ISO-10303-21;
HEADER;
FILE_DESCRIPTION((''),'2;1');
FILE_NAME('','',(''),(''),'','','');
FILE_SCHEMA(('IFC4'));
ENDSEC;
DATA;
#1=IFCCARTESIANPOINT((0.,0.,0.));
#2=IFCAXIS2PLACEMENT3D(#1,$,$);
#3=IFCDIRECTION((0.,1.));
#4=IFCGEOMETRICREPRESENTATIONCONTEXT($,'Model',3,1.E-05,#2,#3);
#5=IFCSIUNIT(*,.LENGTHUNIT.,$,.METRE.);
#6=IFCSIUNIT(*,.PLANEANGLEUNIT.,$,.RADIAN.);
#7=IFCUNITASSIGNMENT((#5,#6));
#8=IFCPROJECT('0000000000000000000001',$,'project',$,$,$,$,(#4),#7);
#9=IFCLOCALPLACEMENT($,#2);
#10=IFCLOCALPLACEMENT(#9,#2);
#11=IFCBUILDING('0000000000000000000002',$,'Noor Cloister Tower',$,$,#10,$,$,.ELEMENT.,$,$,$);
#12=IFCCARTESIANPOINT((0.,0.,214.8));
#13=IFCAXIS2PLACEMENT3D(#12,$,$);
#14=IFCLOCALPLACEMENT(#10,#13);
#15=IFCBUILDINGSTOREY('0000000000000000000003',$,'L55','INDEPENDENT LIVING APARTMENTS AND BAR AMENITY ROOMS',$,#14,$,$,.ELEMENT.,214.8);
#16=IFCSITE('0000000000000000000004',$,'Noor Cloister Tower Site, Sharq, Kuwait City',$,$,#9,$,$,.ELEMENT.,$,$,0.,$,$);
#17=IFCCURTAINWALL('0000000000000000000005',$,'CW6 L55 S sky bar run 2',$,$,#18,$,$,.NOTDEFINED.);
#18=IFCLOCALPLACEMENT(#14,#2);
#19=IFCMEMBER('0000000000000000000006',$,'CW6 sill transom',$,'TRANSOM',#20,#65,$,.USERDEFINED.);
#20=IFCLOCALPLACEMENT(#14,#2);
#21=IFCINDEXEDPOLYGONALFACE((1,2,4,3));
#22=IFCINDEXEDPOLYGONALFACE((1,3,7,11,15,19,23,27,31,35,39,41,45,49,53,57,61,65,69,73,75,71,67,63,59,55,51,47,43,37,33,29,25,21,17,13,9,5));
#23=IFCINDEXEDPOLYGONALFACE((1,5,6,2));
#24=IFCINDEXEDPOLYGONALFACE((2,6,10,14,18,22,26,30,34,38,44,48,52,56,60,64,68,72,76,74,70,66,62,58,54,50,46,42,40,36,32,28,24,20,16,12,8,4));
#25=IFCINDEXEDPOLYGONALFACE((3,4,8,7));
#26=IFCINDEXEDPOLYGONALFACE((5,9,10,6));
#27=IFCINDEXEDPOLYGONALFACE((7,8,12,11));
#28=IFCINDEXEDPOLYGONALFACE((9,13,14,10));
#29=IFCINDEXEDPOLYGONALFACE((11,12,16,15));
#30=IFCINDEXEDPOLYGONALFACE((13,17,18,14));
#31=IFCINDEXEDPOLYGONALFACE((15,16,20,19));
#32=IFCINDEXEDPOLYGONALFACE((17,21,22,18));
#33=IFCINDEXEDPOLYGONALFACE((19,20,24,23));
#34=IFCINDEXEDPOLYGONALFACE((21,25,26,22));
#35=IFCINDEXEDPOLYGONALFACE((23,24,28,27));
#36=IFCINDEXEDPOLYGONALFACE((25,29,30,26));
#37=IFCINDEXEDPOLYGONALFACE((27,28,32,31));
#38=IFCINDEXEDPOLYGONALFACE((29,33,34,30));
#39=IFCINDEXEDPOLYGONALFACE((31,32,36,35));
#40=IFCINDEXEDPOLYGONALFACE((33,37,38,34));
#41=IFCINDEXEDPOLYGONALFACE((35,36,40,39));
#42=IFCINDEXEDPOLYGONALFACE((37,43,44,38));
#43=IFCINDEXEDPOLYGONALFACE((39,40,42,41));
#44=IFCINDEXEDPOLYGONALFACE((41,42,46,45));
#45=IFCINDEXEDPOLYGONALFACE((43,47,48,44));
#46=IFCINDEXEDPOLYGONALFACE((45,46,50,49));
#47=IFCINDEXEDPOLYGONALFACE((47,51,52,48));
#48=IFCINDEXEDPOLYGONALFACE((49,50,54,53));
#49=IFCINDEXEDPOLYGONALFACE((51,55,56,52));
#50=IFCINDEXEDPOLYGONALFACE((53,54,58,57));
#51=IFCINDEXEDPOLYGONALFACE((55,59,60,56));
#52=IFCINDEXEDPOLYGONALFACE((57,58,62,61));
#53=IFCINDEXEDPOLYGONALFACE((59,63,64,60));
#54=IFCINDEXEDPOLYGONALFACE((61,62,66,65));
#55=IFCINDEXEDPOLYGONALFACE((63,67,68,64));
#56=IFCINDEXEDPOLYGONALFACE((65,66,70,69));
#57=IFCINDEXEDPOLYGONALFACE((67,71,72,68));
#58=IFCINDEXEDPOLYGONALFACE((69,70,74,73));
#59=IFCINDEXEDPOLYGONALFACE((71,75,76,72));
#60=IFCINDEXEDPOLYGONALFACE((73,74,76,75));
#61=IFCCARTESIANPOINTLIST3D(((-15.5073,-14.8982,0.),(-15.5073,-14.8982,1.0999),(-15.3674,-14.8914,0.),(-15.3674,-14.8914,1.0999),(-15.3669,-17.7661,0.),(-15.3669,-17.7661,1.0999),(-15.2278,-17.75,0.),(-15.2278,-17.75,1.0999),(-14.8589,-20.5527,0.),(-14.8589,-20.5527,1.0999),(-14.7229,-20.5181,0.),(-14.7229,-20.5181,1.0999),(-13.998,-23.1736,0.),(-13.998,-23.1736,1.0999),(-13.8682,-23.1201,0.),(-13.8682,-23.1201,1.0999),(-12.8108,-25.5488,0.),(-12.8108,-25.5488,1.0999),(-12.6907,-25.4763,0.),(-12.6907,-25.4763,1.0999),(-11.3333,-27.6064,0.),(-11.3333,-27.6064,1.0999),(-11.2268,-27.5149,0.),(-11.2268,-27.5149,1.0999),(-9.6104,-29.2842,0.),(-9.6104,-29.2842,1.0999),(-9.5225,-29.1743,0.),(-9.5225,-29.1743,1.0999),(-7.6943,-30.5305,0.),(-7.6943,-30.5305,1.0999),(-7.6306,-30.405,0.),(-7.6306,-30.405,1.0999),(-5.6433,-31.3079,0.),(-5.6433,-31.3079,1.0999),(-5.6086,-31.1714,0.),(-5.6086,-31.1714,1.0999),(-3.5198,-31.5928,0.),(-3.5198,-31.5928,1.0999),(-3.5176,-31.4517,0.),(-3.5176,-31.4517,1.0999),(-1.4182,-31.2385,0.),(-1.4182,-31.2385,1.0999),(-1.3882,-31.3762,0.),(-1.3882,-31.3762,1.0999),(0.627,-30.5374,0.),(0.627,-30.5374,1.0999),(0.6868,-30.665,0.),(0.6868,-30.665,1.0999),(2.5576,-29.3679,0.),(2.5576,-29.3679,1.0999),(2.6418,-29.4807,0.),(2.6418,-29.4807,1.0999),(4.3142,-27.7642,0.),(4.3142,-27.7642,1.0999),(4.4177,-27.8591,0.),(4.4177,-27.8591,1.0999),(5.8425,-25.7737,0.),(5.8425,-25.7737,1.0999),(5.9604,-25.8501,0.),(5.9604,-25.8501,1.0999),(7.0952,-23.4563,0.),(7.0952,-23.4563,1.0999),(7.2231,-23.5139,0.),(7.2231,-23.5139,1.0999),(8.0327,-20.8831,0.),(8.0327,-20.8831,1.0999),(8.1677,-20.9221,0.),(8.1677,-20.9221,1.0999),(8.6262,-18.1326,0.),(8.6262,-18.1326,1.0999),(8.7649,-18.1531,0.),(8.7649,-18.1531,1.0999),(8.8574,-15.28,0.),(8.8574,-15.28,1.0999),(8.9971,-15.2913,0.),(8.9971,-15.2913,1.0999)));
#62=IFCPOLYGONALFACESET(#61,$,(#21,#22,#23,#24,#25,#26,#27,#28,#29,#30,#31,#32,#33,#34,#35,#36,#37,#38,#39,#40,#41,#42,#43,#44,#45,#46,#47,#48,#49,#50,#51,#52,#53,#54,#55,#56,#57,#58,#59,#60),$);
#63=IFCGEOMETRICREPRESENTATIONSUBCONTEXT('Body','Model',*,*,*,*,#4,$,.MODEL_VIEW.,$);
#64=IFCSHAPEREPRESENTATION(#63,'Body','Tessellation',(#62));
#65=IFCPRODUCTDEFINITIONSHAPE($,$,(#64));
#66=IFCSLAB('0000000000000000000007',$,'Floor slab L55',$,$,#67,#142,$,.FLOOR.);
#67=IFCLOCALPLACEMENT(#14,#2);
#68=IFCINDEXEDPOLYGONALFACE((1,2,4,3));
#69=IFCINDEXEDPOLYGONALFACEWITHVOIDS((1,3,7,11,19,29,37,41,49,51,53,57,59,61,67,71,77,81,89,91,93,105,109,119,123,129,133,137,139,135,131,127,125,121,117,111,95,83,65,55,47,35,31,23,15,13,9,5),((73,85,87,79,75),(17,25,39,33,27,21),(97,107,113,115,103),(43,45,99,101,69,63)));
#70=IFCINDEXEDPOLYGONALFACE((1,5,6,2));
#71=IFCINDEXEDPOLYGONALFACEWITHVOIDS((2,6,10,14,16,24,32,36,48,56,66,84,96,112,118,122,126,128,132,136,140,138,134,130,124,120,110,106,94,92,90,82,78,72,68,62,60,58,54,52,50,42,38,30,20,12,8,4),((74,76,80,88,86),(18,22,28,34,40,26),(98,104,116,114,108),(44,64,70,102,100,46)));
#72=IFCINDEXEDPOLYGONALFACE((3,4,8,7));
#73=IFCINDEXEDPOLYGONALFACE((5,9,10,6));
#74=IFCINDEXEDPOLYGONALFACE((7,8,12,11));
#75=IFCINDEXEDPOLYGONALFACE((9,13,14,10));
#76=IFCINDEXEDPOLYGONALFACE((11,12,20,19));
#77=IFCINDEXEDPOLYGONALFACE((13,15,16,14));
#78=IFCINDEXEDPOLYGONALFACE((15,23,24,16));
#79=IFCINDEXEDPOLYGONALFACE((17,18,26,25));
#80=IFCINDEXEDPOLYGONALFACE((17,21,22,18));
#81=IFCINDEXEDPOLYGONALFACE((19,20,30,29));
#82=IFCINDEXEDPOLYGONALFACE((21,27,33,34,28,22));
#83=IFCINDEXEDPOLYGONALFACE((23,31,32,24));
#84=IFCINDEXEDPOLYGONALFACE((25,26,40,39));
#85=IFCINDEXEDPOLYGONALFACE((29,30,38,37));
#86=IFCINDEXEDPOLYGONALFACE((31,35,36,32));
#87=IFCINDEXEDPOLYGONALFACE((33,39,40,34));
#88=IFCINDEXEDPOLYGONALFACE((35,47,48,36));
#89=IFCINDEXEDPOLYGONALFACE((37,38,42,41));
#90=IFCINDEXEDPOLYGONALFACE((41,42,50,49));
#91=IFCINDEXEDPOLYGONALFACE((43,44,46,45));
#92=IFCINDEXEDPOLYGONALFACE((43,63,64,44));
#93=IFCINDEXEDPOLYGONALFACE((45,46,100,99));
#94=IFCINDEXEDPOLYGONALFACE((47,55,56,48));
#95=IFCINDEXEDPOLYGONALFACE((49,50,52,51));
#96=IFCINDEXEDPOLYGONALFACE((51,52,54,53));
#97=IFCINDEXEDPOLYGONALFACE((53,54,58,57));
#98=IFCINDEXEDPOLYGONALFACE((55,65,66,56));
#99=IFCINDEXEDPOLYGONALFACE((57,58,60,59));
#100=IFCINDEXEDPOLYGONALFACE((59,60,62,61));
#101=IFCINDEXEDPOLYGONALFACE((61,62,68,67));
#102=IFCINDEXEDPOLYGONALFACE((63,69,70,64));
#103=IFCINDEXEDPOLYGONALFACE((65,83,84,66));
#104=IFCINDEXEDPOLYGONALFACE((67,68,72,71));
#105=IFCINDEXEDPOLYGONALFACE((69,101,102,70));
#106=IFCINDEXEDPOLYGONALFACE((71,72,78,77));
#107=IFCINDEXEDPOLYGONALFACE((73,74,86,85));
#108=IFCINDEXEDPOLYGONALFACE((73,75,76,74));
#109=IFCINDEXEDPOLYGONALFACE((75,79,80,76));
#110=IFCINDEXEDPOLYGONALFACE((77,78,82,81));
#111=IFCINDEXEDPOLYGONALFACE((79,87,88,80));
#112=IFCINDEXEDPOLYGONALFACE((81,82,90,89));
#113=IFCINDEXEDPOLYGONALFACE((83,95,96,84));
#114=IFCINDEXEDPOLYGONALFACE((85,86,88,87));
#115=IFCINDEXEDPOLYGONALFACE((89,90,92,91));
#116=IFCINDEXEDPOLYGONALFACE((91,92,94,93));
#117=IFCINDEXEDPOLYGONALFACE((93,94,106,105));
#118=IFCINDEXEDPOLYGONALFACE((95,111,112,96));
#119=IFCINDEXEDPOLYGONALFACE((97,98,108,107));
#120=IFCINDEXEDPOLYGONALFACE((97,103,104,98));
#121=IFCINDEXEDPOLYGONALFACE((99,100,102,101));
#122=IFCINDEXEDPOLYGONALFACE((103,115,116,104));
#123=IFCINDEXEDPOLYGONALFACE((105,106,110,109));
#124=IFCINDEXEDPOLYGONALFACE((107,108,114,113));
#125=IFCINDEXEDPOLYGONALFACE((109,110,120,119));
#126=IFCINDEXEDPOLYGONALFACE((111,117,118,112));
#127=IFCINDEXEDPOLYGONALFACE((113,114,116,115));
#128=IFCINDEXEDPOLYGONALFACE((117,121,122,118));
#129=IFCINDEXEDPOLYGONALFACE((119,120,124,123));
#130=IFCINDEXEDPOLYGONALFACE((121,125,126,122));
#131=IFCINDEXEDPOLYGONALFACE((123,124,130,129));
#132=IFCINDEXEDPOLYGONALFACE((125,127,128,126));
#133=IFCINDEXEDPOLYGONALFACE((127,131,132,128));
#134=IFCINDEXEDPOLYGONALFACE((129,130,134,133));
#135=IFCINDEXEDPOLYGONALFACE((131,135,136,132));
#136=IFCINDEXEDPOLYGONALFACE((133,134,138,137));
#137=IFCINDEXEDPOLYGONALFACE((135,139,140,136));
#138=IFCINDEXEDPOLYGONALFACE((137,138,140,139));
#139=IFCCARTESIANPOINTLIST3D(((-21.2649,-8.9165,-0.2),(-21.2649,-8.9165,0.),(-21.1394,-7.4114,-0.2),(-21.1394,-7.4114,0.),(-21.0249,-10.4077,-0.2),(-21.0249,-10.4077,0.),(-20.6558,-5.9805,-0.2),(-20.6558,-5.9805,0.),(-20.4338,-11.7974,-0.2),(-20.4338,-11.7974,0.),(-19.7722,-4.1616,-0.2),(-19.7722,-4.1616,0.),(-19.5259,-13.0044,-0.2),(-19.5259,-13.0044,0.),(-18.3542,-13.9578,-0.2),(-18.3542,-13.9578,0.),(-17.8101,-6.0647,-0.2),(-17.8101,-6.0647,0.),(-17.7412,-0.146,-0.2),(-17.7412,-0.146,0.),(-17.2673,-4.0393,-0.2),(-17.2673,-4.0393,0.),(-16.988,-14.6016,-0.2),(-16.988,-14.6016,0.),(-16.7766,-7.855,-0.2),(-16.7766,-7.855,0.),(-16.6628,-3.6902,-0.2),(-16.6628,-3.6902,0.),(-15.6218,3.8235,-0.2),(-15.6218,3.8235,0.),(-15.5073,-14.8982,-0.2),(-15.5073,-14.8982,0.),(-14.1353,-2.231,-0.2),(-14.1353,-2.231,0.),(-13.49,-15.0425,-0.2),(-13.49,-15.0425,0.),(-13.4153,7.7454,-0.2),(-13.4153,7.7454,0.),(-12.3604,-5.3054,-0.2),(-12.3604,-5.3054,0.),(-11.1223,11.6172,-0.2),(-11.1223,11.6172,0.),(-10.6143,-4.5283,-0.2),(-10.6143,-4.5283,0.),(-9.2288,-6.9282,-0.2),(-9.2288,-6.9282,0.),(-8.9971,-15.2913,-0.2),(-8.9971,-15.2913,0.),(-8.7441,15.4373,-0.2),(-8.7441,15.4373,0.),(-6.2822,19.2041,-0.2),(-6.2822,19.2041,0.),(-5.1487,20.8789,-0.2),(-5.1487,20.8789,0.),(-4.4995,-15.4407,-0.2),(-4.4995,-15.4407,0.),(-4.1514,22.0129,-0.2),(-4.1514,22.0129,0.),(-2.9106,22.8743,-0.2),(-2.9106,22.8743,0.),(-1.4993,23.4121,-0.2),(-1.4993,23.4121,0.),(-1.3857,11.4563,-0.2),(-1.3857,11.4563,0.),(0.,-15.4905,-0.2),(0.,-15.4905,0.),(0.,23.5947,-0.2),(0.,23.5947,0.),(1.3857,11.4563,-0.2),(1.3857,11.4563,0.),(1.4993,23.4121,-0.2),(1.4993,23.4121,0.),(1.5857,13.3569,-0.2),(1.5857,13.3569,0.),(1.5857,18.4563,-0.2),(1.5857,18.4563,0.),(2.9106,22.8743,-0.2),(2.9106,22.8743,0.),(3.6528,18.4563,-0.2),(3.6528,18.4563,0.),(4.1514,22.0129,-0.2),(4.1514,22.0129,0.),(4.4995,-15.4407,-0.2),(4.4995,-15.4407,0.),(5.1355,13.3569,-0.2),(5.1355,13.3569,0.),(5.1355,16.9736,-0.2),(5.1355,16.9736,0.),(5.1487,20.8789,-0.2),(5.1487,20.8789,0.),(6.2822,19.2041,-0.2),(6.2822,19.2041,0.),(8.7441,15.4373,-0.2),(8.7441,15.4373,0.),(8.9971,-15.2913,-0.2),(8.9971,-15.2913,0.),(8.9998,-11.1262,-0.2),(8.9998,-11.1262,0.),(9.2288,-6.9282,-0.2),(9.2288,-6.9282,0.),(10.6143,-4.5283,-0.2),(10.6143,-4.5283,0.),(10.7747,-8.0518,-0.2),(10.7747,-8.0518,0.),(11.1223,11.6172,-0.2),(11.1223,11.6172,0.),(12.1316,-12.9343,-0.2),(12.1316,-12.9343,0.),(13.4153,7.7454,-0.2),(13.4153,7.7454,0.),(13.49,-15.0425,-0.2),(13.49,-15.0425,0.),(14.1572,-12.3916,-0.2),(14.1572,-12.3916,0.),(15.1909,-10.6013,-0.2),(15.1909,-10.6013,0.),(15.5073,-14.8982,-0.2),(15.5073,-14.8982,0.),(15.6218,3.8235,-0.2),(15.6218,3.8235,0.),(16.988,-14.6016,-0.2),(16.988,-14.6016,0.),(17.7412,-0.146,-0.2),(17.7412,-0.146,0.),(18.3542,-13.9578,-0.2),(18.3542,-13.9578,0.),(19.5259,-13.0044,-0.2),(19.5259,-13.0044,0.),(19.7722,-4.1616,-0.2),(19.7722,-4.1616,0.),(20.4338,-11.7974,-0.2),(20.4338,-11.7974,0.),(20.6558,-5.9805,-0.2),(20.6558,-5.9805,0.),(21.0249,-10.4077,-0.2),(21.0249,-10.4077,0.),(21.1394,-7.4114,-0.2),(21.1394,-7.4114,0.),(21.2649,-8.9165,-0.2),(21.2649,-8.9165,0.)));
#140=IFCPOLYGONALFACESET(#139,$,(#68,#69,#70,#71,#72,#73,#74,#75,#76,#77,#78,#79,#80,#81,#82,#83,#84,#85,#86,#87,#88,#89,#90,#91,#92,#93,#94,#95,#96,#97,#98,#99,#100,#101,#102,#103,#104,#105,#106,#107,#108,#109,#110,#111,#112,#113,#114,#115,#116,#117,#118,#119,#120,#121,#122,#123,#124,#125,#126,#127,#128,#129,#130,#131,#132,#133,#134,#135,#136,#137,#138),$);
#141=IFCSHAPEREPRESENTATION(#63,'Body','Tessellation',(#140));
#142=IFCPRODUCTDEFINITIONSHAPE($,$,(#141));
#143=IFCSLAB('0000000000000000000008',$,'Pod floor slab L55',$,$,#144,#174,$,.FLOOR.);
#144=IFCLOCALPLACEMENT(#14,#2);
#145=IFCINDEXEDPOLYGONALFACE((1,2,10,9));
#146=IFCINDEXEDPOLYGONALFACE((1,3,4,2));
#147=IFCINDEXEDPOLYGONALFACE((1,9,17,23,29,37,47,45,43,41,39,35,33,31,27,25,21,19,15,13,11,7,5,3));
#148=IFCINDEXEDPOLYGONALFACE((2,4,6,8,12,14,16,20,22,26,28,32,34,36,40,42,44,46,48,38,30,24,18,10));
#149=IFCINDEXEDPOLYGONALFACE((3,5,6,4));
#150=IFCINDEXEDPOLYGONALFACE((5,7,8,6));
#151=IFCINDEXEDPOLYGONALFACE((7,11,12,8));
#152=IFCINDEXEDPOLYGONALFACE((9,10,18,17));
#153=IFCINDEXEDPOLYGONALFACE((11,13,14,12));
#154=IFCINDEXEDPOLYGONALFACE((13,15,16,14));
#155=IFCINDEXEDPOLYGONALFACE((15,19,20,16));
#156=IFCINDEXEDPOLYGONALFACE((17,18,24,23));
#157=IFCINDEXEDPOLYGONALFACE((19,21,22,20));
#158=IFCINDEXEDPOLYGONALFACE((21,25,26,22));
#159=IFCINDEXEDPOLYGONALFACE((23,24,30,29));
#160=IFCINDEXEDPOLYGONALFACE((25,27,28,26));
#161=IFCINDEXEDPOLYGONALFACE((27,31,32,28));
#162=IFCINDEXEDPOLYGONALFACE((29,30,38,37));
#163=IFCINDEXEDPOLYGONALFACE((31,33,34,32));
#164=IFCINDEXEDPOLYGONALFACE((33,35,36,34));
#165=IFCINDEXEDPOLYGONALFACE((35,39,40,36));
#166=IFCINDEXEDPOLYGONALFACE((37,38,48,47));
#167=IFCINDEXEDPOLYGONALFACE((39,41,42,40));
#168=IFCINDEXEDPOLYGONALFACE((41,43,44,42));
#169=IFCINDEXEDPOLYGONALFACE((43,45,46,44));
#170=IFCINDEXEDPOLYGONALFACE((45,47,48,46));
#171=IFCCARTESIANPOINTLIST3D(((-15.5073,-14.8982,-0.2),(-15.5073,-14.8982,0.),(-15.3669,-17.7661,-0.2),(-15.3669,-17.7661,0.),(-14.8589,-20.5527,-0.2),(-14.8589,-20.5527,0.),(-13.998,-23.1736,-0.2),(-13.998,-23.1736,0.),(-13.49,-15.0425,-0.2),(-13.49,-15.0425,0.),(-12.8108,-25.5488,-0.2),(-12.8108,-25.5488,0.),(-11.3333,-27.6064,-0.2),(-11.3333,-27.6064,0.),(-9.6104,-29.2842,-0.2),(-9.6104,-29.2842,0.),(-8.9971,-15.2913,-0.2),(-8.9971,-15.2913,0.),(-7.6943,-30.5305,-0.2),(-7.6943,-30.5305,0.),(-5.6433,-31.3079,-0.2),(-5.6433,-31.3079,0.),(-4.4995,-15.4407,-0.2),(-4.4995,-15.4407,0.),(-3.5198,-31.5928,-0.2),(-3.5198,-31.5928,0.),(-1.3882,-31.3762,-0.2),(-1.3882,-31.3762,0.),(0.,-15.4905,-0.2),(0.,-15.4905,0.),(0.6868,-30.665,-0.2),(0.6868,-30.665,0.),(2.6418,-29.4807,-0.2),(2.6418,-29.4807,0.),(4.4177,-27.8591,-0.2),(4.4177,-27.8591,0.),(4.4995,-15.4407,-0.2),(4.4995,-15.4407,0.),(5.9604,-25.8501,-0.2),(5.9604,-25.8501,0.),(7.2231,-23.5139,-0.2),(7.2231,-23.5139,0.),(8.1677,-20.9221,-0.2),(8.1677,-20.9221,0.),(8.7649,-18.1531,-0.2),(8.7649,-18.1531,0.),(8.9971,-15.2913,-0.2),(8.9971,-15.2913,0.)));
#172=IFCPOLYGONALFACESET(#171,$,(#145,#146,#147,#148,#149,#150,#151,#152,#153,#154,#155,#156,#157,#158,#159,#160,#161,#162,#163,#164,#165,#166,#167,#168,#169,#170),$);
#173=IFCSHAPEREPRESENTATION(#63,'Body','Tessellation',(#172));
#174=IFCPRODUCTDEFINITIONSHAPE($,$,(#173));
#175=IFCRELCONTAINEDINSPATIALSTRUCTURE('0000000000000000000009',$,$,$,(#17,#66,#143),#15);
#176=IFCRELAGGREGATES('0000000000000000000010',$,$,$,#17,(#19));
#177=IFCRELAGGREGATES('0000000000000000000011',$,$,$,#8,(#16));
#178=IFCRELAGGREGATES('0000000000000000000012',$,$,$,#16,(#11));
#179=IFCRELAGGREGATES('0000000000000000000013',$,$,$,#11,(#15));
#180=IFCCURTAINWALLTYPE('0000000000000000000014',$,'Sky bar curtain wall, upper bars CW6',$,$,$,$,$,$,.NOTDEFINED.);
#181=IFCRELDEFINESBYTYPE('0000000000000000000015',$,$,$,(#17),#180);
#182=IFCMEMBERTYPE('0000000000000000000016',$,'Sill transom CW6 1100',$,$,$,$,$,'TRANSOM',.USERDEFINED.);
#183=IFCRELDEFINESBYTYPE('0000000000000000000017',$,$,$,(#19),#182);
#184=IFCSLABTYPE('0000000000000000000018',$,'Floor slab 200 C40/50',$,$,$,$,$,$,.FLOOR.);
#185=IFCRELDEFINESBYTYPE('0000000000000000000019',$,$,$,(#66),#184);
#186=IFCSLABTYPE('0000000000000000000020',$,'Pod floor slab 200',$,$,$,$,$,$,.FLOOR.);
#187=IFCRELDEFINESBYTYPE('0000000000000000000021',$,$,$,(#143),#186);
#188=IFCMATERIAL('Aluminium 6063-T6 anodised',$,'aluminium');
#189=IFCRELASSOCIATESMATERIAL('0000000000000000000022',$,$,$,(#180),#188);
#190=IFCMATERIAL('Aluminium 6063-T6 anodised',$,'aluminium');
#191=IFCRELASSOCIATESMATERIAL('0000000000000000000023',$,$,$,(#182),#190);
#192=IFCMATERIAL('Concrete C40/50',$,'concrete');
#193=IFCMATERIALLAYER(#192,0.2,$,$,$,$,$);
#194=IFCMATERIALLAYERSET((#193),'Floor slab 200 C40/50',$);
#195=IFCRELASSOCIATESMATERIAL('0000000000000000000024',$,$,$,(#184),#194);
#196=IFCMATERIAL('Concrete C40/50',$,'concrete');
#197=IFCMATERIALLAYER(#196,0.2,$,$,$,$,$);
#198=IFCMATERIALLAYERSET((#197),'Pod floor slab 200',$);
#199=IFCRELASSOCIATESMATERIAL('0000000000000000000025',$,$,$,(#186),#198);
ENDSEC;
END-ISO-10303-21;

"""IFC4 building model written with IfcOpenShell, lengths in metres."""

from ifc_helpers import new_model, si_unit, direction, frame, origin, place, context, subcontext, project, spatial, polyline, outline, extrude, material, layer, layer_set, type_object, element, aggregate, save


model = new_model("IFC4")

# Units and contexts
model_context = context("Model", 3, precision=1e-05, world=origin(), true_north=direction((0.0, 1.0)))
body_context = subcontext(model_context, "Body", "Model", "MODEL_VIEW")
ifc_project = project(units=[si_unit("LENGTHUNIT", "METRE"), si_unit("PLANEANGLEUNIT", "RADIAN")], contexts=[model_context])

# Site, building, storey
site_placement = place(None, origin())
site = spatial("IfcSite", under=ifc_project, at=site_placement, Name="Noor Cloister Tower Site, Sharq, Kuwait City", CompositionType="ELEMENT", RefElevation=0.0)
building_placement = place(site_placement, origin())
building = spatial("IfcBuilding", under=site, at=building_placement, Name="Noor Cloister Tower", CompositionType="ELEMENT")
storey_placement = place(building_placement, frame((0.0, 0.0, 214.8)))
storey = spatial("IfcBuildingStorey", under=building, at=storey_placement, Name="L55", Description="INDEPENDENT LIVING APARTMENTS AND BAR AMENITY ROOMS", CompositionType="ELEMENT", Elevation=214.8)

# Curtain wall
ifc_material_1 = material(Name="Aluminium 6063-T6 anodised", Category="aluminium")
curtain_wall_type_1 = type_object("IfcCurtainWallType", Name="Sky bar curtain wall, upper bars CW6", PredefinedType="NOTDEFINED", material=ifc_material_1)
curtain_wall_1_placement = place(storey_placement, origin())
curtain_wall_1 = element("IfcCurtainWall", 1, at=curtain_wall_1_placement, inside=storey, type_object=curtain_wall_type_1, Name="CW6 L55 S sky bar run 2", PredefinedType="NOTDEFINED")

# Member
ifc_material_2 = material(Name="Aluminium 6063-T6 anodised", Category="aluminium")
member_type_1 = type_object("IfcMemberType", Name="Sill transom CW6 1100", ElementType="TRANSOM", PredefinedType="USERDEFINED", material=ifc_material_2)
member_1_placement = place(storey_placement, origin())
member_1 = element("IfcMember", 2, at=member_1_placement, type_object=member_type_1, Name="CW6 sill transom", ObjectType="TRANSOM", PredefinedType="USERDEFINED", context=body_context, shape_type="SweptSolid", body=[
    extrude(outline(polyline([(-15.5073, -14.8982), (-15.3669, -17.7661), (-14.8589, -20.5527), (-13.998, -23.1736), (-12.8108, -25.5488), (-11.3333, -27.6064), (-9.6104, -29.2842), (-7.6943, -30.5305), (-5.6433, -31.3079), (-3.5198, -31.5928), (-1.3882, -31.3762), (0.6868, -30.665), (2.6418, -29.4807), (4.4177, -27.8591), (5.9604, -25.8501), (7.2231, -23.5139), (8.1677, -20.9221), (8.7649, -18.1531), (8.9971, -15.2913), (8.8574, -15.28), (8.6262, -18.1326), (8.0327, -20.8831), (7.0952, -23.4563), (5.8425, -25.7737), (4.3142, -27.7642), (2.5576, -29.3679), (0.627, -30.5374), (-1.4182, -31.2385), (-3.5176, -31.4517), (-5.6086, -31.1714), (-7.6306, -30.405), (-9.5225, -29.1743), (-11.2268, -27.5149), (-12.6907, -25.4763), (-13.8682, -23.1201), (-14.7229, -20.5181), (-15.2278, -17.75), (-15.3674, -14.8914), (-15.5073, -14.8982)])), origin(), (0.0, 0.0, 1.0), 1.0999),
])
aggregate(curtain_wall_1, [member_1])

# Slabs
ifc_material_3 = material(Name="Concrete C40/50", Category="concrete")
ifc_layer_1 = layer(ifc_material_3, 0.2)
ifc_layer_set_1 = layer_set([ifc_layer_1], Name="Floor slab 200 C40/50")
slab_type_1 = type_object("IfcSlabType", Name="Floor slab 200 C40/50", PredefinedType="FLOOR", material=ifc_layer_set_1)
slab_1_placement = place(storey_placement, frame((0.0, 0.0, -0.2)))
element("IfcSlab", 3, at=slab_1_placement, inside=storey, type_object=slab_type_1, Name="Floor slab L55", PredefinedType="FLOOR", context=body_context, shape_type="SweptSolid", body=[
    extrude(outline(polyline([(5.1487, 20.8789), (4.1514, 22.0129), (2.9106, 22.8743), (1.4993, 23.4121), (0.0, 23.5947), (-1.4993, 23.4121), (-2.9106, 22.8743), (-4.1514, 22.0129), (-5.1487, 20.8789), (-6.2822, 19.2041), (-8.7441, 15.4373), (-11.1223, 11.6172), (-13.4153, 7.7454), (-15.6218, 3.8235), (-17.7412, -0.146), (-19.7722, -4.1616), (-20.6558, -5.9805), (-21.1394, -7.4114), (-21.2649, -8.9165), (-21.0249, -10.4077), (-20.4338, -11.7974), (-19.5259, -13.0044), (-18.3542, -13.9578), (-16.988, -14.6016), (-15.5073, -14.8982), (-13.49, -15.0425), (-8.9971, -15.2913), (-4.4995, -15.4407), (0.0, -15.4905), (4.4995, -15.4407), (8.9971, -15.2913), (13.49, -15.0425), (15.5073, -14.8982), (16.988, -14.6016), (18.3542, -13.9578), (19.5259, -13.0044), (20.4338, -11.7974), (21.0249, -10.4077), (21.2649, -8.9165), (21.1394, -7.4114), (20.6558, -5.9805), (19.7722, -4.1616), (17.7412, -0.146), (15.6218, 3.8235), (13.4153, 7.7454), (11.1223, 11.6172), (8.7441, 15.4373), (6.2822, 19.2041), (5.1487, 20.8789)]), holes=[polyline([(8.9998, -11.1262), (12.1316, -12.9343), (14.1572, -12.3916), (15.1909, -10.6013), (10.7747, -8.0518), (8.9998, -11.1262)]), polyline([(-17.8101, -6.0647), (-16.7766, -7.855), (-12.3604, -5.3054), (-14.1353, -2.231), (-16.6628, -3.6902), (-17.2673, -4.0393), (-17.8101, -6.0647)]), polyline([(-10.6143, -4.5283), (-9.2288, -6.9282), (9.2288, -6.9282), (10.6143, -4.5283), (1.3857, 11.4563), (-1.3857, 11.4563), (-10.6143, -4.5283)]), polyline([(3.6528, 18.4563), (1.5857, 18.4563), (1.5857, 13.3569), (5.1355, 13.3569), (5.1355, 16.9736), (3.6528, 18.4563)])]), origin(), (0.0, 0.0, 1.0), 0.2),
])
ifc_material_4 = material(Name="Concrete C40/50", Category="concrete")
ifc_layer_2 = layer(ifc_material_4, 0.2)
ifc_layer_set_2 = layer_set([ifc_layer_2], Name="Pod floor slab 200")
slab_type_2 = type_object("IfcSlabType", Name="Pod floor slab 200", PredefinedType="FLOOR", material=ifc_layer_set_2)
slab_2_placement = place(storey_placement, frame((0.0, 0.0, -0.2)))
element("IfcSlab", 4, at=slab_2_placement, inside=storey, type_object=slab_type_2, Name="Pod floor slab L55", PredefinedType="FLOOR", context=body_context, shape_type="SweptSolid", body=[
    extrude(outline(polyline([(-15.5073, -14.8982), (-15.3669, -17.7661), (-14.8589, -20.5527), (-13.998, -23.1736), (-12.8108, -25.5488), (-11.3333, -27.6064), (-9.6104, -29.2842), (-7.6943, -30.5305), (-5.6433, -31.3079), (-3.5198, -31.5928), (-1.3882, -31.3762), (0.6868, -30.665), (2.6418, -29.4807), (4.4177, -27.8591), (5.9604, -25.8501), (7.2231, -23.5139), (8.1677, -20.9221), (8.7649, -18.1531), (8.9971, -15.2913), (4.4995, -15.4407), (0.0, -15.4905), (-4.4995, -15.4407), (-8.9971, -15.2913), (-13.49, -15.0425), (-15.5073, -14.8982)])), origin(), (0.0, 0.0, 1.0), 0.2),
])

save(model, "model.ifc")
